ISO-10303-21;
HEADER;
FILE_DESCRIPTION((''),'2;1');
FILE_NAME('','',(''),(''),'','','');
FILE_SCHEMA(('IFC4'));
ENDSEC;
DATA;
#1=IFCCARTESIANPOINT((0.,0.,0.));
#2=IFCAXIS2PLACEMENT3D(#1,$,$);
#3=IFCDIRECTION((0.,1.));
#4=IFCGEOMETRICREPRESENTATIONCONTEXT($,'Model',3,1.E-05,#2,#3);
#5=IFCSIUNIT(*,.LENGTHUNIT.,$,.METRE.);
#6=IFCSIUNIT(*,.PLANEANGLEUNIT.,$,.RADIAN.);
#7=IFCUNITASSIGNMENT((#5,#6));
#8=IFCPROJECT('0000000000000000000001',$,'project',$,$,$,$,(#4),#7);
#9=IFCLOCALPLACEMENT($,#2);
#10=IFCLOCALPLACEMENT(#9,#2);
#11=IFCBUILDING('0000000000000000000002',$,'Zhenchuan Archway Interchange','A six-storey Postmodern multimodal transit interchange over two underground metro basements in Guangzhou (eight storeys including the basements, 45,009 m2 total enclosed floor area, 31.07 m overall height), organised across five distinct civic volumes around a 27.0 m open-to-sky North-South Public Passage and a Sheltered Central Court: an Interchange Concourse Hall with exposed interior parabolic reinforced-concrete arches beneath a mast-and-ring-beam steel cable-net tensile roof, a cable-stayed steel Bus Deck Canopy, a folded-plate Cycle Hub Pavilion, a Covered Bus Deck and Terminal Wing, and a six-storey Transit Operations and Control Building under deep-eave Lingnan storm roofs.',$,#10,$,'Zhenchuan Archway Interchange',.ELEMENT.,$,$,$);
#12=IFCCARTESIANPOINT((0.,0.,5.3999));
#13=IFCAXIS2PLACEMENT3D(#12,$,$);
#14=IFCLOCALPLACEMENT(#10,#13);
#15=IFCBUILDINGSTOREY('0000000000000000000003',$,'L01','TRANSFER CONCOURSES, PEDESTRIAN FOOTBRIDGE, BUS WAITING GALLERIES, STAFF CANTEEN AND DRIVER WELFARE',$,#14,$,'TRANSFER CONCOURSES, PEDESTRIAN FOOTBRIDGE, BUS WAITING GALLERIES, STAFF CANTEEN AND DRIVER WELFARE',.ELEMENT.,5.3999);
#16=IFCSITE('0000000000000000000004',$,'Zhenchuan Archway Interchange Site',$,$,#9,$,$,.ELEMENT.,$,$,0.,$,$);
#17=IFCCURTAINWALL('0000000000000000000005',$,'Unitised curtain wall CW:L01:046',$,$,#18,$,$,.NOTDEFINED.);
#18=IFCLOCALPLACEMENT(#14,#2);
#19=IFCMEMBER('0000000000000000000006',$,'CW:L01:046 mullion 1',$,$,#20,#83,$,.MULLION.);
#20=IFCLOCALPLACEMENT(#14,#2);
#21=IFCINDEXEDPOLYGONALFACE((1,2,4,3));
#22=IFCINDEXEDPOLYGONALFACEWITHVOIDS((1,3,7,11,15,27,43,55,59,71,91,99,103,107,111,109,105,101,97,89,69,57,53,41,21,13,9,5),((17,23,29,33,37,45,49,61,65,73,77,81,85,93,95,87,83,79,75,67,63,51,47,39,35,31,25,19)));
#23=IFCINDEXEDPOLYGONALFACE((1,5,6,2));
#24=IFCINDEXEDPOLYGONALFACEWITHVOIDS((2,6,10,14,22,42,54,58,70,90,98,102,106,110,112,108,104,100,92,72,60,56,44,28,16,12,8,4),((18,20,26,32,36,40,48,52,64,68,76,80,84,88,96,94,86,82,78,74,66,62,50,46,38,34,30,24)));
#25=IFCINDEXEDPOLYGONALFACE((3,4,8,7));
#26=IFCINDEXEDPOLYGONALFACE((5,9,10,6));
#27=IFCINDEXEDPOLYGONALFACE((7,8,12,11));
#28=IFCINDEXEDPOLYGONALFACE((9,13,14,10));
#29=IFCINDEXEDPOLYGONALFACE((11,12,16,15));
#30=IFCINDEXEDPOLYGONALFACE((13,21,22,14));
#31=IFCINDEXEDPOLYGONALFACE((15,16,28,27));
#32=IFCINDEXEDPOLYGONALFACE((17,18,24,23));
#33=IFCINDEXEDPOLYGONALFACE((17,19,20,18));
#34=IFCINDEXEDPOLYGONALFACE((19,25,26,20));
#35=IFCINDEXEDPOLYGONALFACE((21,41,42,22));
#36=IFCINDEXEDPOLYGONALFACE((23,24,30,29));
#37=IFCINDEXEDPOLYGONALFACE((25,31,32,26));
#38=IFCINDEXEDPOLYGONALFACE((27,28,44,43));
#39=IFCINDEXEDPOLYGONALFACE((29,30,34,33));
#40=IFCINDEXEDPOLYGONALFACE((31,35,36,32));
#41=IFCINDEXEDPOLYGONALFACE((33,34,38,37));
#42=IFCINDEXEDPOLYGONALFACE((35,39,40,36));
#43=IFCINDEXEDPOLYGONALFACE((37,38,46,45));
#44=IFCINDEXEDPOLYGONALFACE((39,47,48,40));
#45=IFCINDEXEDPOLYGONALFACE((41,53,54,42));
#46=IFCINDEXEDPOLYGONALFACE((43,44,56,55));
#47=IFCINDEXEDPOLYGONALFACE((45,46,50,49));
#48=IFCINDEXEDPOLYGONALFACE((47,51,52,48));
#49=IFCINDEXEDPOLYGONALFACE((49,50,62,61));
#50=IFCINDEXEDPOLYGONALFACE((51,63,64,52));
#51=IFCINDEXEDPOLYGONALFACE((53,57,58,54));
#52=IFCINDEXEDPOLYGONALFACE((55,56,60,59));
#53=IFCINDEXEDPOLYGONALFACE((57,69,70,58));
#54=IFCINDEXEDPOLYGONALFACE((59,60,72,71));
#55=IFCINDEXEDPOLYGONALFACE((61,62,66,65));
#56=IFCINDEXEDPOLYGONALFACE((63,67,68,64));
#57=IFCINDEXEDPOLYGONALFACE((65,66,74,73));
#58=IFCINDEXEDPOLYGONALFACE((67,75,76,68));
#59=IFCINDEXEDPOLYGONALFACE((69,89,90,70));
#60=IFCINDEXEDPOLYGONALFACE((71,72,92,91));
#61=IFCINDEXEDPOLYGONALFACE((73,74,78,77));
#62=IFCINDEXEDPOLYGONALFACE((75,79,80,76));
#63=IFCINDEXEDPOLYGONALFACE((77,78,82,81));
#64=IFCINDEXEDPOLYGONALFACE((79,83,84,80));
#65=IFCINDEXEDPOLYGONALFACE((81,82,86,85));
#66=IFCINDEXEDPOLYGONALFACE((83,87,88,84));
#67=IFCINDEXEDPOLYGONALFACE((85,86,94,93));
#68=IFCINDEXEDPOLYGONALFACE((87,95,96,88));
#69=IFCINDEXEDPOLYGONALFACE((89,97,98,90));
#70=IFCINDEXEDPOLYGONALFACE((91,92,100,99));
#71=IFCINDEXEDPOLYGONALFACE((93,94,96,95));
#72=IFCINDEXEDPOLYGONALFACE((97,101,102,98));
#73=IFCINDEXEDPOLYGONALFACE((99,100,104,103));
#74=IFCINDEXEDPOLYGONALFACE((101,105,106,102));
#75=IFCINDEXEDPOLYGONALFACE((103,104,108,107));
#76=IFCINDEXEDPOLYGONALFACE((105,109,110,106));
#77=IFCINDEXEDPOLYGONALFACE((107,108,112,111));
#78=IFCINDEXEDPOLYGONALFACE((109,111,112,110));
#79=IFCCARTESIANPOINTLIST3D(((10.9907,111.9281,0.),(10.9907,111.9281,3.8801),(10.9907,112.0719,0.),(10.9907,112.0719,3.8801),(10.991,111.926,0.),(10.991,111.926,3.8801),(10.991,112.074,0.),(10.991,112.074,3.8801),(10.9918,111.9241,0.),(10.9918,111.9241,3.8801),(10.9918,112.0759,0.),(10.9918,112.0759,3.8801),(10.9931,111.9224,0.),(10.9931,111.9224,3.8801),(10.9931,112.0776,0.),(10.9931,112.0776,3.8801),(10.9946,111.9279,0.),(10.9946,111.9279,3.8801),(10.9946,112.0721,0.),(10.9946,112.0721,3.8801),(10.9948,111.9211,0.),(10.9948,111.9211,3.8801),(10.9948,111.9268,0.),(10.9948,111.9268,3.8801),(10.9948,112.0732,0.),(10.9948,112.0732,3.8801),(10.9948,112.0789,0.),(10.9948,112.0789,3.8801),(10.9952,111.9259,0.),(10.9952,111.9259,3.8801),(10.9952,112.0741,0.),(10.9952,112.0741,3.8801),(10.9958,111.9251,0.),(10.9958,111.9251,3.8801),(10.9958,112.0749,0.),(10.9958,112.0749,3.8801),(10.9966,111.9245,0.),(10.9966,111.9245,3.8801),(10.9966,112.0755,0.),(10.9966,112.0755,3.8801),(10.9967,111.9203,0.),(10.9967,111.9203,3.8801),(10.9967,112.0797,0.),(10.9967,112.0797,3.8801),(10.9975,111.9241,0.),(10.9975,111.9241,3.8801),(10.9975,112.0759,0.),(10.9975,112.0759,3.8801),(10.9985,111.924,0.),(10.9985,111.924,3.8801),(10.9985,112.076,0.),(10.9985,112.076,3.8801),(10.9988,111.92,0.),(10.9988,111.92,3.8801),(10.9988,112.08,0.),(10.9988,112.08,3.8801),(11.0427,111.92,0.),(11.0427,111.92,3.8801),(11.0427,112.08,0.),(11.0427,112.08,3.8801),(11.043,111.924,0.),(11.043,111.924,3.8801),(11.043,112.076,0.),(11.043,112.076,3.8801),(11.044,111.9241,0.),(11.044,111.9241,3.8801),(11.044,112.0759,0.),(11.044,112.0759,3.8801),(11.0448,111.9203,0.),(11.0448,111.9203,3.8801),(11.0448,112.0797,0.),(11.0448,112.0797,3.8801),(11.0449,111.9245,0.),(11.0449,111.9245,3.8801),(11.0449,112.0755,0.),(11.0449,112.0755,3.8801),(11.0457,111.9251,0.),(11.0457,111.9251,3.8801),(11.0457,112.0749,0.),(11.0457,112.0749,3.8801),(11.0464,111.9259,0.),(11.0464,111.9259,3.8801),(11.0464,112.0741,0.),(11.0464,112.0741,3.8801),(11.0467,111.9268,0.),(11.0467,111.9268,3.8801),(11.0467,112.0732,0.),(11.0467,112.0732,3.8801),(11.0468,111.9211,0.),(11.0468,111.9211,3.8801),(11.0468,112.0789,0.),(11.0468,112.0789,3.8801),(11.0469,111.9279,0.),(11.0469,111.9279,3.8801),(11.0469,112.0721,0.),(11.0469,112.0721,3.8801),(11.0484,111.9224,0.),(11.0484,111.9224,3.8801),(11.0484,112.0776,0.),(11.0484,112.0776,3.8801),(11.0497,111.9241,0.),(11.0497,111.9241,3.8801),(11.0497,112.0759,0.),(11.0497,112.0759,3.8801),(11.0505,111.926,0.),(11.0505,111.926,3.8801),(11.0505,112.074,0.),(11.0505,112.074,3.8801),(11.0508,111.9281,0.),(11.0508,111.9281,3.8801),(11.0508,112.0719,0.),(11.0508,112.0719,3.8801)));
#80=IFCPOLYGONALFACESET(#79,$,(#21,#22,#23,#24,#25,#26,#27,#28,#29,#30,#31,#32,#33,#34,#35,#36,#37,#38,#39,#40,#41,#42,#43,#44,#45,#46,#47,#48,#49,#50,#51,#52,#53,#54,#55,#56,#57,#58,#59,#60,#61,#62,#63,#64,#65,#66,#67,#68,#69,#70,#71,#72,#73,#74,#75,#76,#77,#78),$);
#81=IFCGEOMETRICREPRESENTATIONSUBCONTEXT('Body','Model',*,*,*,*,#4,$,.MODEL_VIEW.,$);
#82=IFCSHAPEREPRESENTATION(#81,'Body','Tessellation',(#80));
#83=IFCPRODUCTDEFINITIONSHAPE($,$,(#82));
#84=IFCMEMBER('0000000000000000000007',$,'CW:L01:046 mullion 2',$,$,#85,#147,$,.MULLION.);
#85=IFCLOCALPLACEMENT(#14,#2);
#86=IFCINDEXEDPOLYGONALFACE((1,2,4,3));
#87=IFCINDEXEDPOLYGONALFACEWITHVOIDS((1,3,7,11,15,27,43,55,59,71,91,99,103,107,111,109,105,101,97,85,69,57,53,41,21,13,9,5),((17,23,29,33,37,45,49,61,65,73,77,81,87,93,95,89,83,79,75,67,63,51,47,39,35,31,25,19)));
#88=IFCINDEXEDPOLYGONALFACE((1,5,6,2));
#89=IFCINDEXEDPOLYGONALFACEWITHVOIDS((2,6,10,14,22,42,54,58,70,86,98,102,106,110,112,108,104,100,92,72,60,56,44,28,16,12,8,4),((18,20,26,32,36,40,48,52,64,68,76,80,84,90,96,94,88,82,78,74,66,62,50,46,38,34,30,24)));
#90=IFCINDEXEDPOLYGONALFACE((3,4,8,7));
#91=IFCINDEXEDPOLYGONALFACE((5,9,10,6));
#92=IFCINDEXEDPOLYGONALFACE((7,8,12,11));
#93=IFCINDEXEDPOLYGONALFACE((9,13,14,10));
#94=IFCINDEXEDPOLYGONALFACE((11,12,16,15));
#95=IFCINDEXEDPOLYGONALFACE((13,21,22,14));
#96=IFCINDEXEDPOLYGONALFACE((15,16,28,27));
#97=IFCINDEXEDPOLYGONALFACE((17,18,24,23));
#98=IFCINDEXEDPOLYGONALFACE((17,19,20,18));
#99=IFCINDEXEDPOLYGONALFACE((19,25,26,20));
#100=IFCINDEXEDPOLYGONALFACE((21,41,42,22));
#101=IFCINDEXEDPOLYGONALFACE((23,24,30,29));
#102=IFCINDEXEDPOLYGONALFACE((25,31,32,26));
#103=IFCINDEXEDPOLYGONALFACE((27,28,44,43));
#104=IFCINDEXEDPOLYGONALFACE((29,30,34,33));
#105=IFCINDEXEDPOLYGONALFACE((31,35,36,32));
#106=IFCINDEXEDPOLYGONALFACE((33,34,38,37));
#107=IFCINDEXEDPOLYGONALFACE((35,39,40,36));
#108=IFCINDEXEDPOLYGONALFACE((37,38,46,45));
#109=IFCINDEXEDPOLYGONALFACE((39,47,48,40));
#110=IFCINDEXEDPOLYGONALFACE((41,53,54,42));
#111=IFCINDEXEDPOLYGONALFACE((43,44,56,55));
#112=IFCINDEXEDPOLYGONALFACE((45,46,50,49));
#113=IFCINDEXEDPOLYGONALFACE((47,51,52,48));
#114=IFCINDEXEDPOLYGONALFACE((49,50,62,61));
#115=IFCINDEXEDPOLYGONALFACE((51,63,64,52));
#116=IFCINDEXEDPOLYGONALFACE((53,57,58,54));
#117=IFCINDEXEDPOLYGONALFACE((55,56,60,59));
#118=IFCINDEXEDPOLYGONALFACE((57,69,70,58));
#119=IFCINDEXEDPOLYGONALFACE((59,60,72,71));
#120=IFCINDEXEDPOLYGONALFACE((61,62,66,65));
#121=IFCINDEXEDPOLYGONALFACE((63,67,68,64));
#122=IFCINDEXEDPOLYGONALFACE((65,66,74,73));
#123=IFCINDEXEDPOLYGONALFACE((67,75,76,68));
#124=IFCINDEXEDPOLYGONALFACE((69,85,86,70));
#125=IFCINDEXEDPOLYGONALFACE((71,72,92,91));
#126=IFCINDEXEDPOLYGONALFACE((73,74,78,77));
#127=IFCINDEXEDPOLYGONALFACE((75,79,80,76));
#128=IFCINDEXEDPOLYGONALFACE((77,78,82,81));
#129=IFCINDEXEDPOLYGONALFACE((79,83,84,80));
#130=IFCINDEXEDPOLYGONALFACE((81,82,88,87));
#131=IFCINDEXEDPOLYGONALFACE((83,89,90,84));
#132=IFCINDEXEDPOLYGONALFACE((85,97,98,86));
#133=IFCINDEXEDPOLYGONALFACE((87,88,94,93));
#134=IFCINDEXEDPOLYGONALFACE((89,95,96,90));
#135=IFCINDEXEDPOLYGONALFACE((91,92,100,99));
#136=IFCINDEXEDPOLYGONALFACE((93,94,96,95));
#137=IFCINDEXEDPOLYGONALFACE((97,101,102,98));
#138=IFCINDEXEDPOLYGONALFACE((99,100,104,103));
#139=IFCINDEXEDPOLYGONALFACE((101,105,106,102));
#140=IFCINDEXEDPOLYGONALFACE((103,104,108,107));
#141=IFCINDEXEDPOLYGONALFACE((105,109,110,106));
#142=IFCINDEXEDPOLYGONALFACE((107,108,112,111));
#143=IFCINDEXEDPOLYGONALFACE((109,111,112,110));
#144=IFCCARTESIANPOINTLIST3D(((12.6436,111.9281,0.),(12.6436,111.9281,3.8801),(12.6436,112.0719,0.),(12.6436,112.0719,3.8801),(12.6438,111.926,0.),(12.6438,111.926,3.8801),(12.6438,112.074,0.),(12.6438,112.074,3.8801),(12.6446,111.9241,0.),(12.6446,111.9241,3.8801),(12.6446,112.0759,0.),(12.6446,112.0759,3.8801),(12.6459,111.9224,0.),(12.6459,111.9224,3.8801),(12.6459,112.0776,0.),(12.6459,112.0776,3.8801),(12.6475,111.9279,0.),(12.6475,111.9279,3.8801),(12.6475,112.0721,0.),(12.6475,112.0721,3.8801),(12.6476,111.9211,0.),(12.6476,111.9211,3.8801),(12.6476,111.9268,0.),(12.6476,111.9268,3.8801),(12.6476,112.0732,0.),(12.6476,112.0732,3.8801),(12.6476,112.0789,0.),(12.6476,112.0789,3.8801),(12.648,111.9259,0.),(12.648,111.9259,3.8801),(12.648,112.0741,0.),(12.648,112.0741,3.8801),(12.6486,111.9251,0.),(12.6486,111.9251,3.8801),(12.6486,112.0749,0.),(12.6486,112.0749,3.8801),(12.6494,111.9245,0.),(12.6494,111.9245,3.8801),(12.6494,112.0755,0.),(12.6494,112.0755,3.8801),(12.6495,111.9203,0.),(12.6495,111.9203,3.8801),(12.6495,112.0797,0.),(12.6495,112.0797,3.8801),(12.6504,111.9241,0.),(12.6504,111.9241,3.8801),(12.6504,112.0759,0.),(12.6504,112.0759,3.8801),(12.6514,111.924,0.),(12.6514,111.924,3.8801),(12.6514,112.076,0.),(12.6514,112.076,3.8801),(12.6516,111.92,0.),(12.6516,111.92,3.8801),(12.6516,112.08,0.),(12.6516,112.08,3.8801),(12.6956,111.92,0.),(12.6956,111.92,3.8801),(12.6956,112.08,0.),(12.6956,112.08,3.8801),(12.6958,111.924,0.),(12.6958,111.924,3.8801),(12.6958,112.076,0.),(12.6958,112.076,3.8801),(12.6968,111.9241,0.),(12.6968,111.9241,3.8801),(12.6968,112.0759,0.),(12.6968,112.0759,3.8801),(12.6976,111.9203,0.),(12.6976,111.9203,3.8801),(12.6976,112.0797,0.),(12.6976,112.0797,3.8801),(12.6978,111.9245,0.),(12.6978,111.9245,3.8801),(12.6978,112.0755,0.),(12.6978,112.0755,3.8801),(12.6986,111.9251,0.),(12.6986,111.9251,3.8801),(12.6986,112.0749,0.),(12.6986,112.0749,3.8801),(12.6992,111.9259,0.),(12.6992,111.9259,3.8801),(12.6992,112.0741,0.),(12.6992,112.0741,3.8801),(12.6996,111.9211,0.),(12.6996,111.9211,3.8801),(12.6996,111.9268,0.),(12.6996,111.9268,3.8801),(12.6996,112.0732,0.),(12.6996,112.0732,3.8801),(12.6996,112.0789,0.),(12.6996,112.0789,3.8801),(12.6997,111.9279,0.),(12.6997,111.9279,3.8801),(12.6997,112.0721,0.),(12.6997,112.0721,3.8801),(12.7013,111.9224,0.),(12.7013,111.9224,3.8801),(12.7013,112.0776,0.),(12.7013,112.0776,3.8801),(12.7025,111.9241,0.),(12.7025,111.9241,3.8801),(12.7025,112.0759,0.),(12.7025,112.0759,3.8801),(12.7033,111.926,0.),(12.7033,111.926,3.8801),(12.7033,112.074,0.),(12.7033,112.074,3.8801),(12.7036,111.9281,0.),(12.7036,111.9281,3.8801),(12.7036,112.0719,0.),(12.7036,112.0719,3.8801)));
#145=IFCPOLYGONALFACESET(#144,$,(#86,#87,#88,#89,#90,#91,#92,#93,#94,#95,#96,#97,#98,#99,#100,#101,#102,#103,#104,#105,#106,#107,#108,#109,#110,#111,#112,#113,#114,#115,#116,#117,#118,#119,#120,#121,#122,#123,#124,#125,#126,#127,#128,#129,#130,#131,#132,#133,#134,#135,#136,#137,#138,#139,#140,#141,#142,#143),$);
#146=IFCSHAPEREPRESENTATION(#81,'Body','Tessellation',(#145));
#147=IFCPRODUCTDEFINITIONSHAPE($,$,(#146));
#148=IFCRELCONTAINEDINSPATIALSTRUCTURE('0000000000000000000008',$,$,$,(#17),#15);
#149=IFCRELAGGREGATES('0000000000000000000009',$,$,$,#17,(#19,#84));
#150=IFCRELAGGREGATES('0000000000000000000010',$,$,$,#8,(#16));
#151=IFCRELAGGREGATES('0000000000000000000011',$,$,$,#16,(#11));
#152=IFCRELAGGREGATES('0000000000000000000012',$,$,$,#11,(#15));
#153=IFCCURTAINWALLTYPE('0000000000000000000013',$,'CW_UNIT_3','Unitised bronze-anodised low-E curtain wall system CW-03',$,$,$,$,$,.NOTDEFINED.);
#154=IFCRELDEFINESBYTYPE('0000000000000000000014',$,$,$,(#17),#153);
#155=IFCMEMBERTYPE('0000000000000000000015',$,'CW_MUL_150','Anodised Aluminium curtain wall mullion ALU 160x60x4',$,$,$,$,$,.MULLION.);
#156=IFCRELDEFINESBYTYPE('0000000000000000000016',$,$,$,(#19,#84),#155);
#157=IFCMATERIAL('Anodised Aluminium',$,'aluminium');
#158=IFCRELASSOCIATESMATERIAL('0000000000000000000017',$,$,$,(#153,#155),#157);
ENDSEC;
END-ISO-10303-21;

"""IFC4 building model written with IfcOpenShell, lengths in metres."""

from ifc_helpers import new_model, si_unit, direction, frame, origin, origin_2d, place, context, subcontext, project, spatial, hollow_rectangle, extrude, material, material_profile, profile_set, type_object, element, aggregate, save


model = new_model("IFC4")

# Units and contexts
model_context = context("Model", 3, precision=1e-05, world=origin(), true_north=direction((0.0, 1.0)))
body_context = subcontext(model_context, "Body", "Model", "MODEL_VIEW")
ifc_project = project(units=[si_unit("LENGTHUNIT", "METRE"), si_unit("PLANEANGLEUNIT", "RADIAN")], contexts=[model_context])

# Site, building, storey
site_placement = place(None, origin())
site = spatial("IfcSite", under=ifc_project, at=site_placement, Name="Zhenchuan Archway Interchange Site", CompositionType="ELEMENT", RefElevation=0.0)
building_placement = place(site_placement, origin())
building = spatial("IfcBuilding", under=site, at=building_placement, Name="Zhenchuan Archway Interchange", Description="A six-storey Postmodern multimodal transit interchange over two underground metro basements in Guangzhou (eight storeys including the basements, 45,009 m2 total enclosed floor area, 31.07 m overall height), organised across five distinct civic volumes around a 27.0 m open-to-sky North-South Public Passage and a Sheltered Central Court: an Interchange Concourse Hall with exposed interior parabolic reinforced-concrete arches beneath a mast-and-ring-beam steel cable-net tensile roof, a cable-stayed steel Bus Deck Canopy, a folded-plate Cycle Hub Pavilion, a Covered Bus Deck and Terminal Wing, and a six-storey Transit Operations and Control Building under deep-eave Lingnan storm roofs.", LongName="Zhenchuan Archway Interchange", CompositionType="ELEMENT")
storey_placement = place(building_placement, frame((0.0, 0.0, 5.3999)))
storey = spatial("IfcBuildingStorey", under=building, at=storey_placement, Name="L01", Description="TRANSFER CONCOURSES, PEDESTRIAN FOOTBRIDGE, BUS WAITING GALLERIES, STAFF CANTEEN AND DRIVER WELFARE", LongName="TRANSFER CONCOURSES, PEDESTRIAN FOOTBRIDGE, BUS WAITING GALLERIES, STAFF CANTEEN AND DRIVER WELFARE", CompositionType="ELEMENT", Elevation=5.3999)

# Curtain wall, members
ifc_material_1 = material(Name="Anodised Aluminium", Category="aluminium")
curtain_wall_type = type_object("IfcCurtainWallType", Name="CW_UNIT_3", Description="Unitised bronze-anodised low-E curtain wall system CW-03", PredefinedType="NOTDEFINED", material=ifc_material_1)
curtain_wall_placement = place(storey_placement, origin())
curtain_wall = element("IfcCurtainWall", 1, at=curtain_wall_placement, inside=storey, type_object=curtain_wall_type, Name="Unitised curtain wall CW:L01:046", PredefinedType="NOTDEFINED")
ifc_material_profile_1 = material_profile(ifc_material_1, hollow_rectangle(XDim=0.0601, YDim=0.1599, WallThickness=0.0039, InnerFilletRadius=0.0039, OuterFilletRadius=0.0081, at=origin_2d()), Name="ALU 160x60x4")
ifc_profile_set_1 = profile_set([ifc_material_profile_1], Name="Anodised Aluminium")
member_type_1 = type_object("IfcMemberType", Name="CW_MUL_150", Description="Anodised Aluminium curtain wall mullion ALU 160x60x4", PredefinedType="MULLION", material=ifc_profile_set_1)
member_1_placement = place(storey_placement, frame((11.0208, 112.0, 0.0), z_axis=(0.0, 0.0, 1.0), x_axis=(1.0, 0.0, 0.0)))
member_1 = element("IfcMember", 2, at=member_1_placement, type_object=member_type_1, Name="CW:L01:046 mullion 1", PredefinedType="MULLION", context=body_context, shape_type="SweptSolid", body=[
    extrude(hollow_rectangle(XDim=0.0601, YDim=0.1599, WallThickness=0.0039, InnerFilletRadius=0.0039, OuterFilletRadius=0.0081, at=origin_2d()), origin(), (0.0, 0.0, 1.0), 3.8801),
])
member_2_placement = place(storey_placement, frame((12.6736, 112.0, 0.0), z_axis=(0.0, 0.0, 1.0), x_axis=(1.0, 0.0, 0.0)))
member_2 = element("IfcMember", 3, at=member_2_placement, type_object=member_type_1, Name="CW:L01:046 mullion 2", PredefinedType="MULLION", context=body_context, shape_type="SweptSolid", body=[
    extrude(hollow_rectangle(XDim=0.0601, YDim=0.1599, WallThickness=0.0039, InnerFilletRadius=0.0039, OuterFilletRadius=0.0081, at=origin_2d()), origin(), (0.0, 0.0, 1.0), 3.8801),
])
aggregate(curtain_wall, [member_1, member_2])

save(model, "model.ifc")
